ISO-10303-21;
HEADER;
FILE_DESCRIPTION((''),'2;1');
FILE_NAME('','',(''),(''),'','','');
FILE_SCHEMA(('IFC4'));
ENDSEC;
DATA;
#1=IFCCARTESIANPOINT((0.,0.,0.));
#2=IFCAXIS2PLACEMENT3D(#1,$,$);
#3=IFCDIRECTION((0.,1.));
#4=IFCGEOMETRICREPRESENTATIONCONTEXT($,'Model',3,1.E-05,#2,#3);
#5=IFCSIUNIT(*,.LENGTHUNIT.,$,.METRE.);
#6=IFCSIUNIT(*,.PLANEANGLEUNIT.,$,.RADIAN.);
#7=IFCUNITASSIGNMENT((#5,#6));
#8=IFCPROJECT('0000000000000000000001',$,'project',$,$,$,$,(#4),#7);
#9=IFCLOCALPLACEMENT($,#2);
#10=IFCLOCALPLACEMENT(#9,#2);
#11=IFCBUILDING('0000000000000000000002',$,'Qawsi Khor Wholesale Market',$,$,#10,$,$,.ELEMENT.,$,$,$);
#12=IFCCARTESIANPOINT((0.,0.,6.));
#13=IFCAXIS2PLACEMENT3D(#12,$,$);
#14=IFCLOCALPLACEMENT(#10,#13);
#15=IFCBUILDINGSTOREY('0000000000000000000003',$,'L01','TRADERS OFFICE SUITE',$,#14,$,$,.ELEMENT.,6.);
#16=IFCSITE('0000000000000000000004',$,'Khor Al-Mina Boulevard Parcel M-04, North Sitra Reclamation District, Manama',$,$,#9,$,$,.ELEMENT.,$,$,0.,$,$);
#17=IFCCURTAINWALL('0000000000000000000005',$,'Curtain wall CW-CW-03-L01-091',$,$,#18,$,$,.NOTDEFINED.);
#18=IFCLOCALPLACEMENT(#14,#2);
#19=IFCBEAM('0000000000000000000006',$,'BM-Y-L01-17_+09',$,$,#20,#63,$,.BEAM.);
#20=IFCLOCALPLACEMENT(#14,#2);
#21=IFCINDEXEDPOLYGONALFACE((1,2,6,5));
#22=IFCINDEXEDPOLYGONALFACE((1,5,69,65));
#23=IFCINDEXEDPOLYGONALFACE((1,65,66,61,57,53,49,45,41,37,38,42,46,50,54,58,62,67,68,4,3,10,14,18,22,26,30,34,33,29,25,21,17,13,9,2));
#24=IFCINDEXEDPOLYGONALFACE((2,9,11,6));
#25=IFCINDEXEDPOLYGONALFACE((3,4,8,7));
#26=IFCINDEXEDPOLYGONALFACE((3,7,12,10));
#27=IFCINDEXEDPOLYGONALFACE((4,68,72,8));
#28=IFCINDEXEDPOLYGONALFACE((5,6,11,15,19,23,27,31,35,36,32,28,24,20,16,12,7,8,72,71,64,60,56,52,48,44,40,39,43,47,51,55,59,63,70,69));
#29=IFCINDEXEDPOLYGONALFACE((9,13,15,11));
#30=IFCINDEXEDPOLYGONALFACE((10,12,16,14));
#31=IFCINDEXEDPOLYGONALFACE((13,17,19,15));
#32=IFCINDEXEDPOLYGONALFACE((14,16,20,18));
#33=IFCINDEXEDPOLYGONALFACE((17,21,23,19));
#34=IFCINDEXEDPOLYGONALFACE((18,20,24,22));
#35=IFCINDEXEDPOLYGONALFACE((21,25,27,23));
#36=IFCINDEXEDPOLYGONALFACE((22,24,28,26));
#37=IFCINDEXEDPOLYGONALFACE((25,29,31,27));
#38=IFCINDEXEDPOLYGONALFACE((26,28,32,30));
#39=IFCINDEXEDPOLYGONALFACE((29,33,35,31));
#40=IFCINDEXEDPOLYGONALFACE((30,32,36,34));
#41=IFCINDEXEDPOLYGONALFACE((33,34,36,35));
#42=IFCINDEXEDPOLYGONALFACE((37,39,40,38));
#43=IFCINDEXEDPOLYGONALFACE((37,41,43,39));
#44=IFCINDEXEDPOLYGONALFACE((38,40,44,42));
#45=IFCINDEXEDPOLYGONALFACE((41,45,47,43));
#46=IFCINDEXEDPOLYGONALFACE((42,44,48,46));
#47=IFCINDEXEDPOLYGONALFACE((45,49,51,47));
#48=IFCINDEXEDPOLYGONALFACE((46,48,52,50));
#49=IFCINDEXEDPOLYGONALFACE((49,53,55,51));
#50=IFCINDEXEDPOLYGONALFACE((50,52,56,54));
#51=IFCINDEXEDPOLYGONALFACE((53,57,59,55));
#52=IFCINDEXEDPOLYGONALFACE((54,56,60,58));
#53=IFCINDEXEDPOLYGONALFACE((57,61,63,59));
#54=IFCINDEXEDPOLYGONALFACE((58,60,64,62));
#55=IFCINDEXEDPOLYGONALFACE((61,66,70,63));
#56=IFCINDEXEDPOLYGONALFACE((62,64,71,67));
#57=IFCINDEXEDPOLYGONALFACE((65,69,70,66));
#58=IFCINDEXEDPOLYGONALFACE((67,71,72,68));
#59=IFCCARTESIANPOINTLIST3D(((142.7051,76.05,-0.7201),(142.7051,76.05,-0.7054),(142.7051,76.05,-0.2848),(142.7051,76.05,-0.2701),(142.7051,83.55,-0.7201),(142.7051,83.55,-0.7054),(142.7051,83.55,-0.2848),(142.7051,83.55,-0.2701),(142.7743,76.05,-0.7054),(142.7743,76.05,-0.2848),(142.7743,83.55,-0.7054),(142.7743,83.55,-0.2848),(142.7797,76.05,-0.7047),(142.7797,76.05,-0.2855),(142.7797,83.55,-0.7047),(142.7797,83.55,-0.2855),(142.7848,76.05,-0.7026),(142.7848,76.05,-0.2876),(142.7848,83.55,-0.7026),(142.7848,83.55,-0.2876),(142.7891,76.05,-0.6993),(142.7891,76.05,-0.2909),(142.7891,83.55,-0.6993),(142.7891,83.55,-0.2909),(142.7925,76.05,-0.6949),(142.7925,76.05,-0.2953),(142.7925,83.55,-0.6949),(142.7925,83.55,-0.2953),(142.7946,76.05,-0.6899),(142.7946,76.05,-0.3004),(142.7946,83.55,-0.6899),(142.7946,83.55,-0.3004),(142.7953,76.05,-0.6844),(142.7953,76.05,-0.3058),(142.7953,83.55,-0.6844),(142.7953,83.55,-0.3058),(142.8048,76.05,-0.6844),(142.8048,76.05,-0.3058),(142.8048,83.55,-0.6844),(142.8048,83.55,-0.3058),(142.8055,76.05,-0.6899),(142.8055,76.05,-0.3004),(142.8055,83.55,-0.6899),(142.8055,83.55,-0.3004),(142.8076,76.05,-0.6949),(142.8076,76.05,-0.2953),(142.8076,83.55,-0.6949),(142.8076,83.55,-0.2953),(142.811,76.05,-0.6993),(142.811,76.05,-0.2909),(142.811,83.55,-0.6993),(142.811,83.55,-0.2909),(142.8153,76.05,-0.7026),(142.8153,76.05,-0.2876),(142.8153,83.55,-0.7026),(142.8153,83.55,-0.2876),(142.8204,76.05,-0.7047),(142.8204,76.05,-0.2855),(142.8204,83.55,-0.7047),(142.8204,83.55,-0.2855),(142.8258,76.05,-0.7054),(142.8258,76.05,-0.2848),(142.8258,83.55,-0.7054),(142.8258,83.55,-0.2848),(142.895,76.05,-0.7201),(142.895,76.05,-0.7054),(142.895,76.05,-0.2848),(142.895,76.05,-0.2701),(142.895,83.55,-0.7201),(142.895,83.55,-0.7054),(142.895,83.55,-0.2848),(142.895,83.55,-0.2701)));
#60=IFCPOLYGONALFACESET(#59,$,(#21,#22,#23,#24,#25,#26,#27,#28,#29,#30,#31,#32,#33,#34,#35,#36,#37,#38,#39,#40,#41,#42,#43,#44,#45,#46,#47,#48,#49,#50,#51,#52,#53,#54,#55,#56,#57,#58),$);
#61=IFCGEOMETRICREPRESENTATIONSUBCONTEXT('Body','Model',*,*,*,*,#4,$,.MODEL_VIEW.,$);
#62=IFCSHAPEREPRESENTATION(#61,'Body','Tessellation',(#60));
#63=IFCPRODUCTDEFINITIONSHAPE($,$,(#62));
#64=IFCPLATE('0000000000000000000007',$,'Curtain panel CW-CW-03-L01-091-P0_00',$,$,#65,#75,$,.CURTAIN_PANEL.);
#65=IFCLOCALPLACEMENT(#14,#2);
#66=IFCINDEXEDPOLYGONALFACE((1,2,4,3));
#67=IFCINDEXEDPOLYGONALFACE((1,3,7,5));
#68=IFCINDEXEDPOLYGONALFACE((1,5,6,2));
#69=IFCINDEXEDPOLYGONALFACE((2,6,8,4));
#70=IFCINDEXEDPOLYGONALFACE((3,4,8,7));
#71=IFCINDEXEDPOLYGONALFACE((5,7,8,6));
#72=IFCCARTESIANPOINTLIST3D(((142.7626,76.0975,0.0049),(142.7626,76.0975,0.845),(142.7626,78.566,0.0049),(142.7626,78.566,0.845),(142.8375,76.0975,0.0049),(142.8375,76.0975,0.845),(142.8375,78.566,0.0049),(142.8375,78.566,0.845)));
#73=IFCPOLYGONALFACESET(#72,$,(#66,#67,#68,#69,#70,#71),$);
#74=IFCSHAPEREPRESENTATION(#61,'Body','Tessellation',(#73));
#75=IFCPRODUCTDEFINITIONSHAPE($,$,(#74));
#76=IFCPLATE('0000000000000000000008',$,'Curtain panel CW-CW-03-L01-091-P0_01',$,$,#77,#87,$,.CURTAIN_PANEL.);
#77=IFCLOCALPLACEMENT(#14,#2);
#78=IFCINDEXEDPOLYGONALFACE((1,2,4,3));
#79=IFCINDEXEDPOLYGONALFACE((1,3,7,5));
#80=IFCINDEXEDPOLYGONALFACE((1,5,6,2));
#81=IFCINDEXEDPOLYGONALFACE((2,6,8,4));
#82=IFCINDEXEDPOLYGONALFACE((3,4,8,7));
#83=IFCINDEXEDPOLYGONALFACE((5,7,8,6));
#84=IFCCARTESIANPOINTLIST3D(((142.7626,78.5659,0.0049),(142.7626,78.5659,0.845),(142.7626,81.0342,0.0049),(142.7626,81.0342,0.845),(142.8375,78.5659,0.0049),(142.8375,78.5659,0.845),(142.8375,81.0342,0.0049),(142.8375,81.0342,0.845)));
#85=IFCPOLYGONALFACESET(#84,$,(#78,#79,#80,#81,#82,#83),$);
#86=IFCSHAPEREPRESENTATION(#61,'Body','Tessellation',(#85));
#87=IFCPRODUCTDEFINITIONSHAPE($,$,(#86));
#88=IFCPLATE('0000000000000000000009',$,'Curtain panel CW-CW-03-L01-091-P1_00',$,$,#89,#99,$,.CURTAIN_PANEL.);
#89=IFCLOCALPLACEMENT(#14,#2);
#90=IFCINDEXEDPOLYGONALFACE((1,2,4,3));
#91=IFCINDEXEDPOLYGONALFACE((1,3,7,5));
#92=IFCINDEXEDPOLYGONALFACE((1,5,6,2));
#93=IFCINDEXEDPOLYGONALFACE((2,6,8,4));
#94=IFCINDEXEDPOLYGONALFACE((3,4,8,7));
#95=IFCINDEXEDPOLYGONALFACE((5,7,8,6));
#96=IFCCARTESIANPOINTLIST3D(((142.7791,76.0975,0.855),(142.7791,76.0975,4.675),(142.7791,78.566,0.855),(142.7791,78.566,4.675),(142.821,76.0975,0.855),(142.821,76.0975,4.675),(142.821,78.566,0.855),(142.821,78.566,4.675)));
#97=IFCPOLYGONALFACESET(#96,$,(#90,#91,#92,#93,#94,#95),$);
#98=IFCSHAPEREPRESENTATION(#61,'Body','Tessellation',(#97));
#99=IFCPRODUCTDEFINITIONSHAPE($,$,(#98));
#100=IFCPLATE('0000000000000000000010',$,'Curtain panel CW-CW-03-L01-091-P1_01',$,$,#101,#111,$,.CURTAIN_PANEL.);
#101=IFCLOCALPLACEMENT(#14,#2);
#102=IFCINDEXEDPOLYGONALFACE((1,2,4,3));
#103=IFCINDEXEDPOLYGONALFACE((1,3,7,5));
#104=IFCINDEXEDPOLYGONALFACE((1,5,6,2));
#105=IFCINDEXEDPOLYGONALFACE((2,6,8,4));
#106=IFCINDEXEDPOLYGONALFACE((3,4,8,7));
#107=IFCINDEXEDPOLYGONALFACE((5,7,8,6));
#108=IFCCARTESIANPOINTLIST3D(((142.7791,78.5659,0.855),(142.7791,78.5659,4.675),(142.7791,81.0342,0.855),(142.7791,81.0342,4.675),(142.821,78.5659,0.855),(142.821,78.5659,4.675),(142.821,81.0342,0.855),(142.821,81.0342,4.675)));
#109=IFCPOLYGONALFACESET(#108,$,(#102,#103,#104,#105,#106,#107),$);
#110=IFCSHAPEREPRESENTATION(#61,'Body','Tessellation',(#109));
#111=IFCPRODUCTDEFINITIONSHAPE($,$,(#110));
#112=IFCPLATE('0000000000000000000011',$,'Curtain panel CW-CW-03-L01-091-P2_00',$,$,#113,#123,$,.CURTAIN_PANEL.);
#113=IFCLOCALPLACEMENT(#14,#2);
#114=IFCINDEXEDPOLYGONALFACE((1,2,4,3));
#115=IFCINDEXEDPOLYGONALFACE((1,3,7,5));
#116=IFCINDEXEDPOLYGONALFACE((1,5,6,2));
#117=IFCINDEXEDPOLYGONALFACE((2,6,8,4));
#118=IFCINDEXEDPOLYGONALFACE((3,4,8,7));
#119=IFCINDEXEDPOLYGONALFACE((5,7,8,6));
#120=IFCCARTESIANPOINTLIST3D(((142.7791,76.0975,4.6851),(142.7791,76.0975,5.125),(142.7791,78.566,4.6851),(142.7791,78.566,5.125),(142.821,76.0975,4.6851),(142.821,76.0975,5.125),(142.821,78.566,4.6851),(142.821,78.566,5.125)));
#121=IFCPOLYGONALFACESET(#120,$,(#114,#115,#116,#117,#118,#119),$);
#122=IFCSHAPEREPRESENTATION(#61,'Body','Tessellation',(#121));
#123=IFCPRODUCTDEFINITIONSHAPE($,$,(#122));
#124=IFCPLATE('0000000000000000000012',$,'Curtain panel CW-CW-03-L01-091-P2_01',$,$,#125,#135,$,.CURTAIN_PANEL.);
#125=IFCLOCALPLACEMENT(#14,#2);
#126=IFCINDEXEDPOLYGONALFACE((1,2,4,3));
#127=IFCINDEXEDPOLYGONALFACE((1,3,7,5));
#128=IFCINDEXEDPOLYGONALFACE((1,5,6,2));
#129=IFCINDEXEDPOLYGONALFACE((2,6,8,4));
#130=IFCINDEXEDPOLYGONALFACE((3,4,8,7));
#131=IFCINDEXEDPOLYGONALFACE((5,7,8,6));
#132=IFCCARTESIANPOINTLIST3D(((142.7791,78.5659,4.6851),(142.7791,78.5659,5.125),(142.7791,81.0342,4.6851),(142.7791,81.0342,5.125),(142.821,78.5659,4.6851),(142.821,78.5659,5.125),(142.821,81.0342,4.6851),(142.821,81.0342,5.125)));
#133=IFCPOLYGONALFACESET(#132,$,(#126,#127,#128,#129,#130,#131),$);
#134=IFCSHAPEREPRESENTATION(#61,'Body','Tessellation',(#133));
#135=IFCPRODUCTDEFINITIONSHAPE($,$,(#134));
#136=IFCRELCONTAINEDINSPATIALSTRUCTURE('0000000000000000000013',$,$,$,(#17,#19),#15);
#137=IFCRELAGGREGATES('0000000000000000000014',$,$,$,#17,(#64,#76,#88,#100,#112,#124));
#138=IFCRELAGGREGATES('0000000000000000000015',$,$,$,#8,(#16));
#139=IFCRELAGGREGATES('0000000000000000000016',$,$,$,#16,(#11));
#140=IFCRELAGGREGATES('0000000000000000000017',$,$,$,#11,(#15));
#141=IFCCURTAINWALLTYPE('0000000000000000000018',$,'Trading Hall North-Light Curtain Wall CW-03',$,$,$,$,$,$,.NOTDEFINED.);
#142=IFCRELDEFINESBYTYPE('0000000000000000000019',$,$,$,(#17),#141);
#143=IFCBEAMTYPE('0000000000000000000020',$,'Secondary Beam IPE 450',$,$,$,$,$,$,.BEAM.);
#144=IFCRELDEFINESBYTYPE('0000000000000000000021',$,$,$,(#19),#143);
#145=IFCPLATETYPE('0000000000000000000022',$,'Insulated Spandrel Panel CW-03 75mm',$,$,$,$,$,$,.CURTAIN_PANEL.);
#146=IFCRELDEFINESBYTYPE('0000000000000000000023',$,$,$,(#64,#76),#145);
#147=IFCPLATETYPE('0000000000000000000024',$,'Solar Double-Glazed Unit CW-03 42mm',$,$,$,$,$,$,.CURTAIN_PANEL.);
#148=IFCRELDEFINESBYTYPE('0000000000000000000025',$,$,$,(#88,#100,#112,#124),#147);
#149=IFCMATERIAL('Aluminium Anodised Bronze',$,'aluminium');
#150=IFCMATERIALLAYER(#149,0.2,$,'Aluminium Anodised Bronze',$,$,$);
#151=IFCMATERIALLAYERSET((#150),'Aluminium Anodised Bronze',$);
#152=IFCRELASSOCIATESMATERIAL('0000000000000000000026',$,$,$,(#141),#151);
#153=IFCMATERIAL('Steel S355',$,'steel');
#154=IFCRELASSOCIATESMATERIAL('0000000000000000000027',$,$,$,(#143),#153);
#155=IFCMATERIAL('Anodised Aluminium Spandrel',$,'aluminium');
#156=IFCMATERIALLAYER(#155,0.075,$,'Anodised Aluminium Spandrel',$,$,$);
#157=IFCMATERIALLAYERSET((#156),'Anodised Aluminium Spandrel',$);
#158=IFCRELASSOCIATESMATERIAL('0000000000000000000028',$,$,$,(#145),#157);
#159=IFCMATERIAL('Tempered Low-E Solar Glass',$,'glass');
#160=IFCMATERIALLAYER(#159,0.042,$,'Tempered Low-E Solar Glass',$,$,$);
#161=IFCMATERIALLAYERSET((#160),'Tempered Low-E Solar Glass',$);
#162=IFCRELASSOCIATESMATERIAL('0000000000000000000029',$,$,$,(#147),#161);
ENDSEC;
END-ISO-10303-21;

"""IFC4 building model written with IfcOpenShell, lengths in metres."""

from ifc_helpers import new_model, si_unit, direction, frame, frame_2d, origin, origin_2d, place, context, subcontext, project, spatial, rectangle, i_section, extrude, material, layer, layer_set, material_profile, profile_set, type_object, element, aggregate, save


model = new_model("IFC4")

# Units and contexts
model_context = context("Model", 3, precision=1e-05, world=origin(), true_north=direction((0.0, 1.0)))
body_context = subcontext(model_context, "Body", "Model", "MODEL_VIEW")
ifc_project = project(units=[si_unit("LENGTHUNIT", "METRE"), si_unit("PLANEANGLEUNIT", "RADIAN")], contexts=[model_context])

# Site, building, storey
site_placement = place(None, origin())
site = spatial("IfcSite", under=ifc_project, at=site_placement, Name="Khor Al-Mina Boulevard Parcel M-04, North Sitra Reclamation District, Manama", CompositionType="ELEMENT", RefElevation=0.0)
building_placement = place(site_placement, origin())
building = spatial("IfcBuilding", under=site, at=building_placement, Name="Qawsi Khor Wholesale Market", CompositionType="ELEMENT")
storey_placement = place(building_placement, frame((0.0, 0.0, 6.0)))
storey = spatial("IfcBuildingStorey", under=building, at=storey_placement, Name="L01", Description="TRADERS OFFICE SUITE", CompositionType="ELEMENT", Elevation=6.0)

# Curtain wall
ifc_material_1 = material(Name="Aluminium Anodised Bronze", Category="aluminium")
ifc_layer_1 = layer(ifc_material_1, 0.2, Name="Aluminium Anodised Bronze")
ifc_layer_set_1 = layer_set([ifc_layer_1], Name="Aluminium Anodised Bronze")
curtain_wall_type = type_object("IfcCurtainWallType", Name="Trading Hall North-Light Curtain Wall CW-03", PredefinedType="NOTDEFINED", material=ifc_layer_set_1)
curtain_wall_placement = place(storey_placement, origin())
curtain_wall = element("IfcCurtainWall", 1, at=curtain_wall_placement, inside=storey, type_object=curtain_wall_type, Name="Curtain wall CW-CW-03-L01-091", PredefinedType="NOTDEFINED")

# Beam
ifc_material_2 = material(Name="Steel S355", Category="steel")
ifc_material_profile_1 = material_profile(ifc_material_2, i_section(OverallWidth=0.1899, OverallDepth=0.45, WebThickness=0.0095, FlangeThickness=0.0146, FilletRadius=0.021, at=origin_2d()), Name="IPE 450")
ifc_profile_set_1 = profile_set([ifc_material_profile_1], Name="Steel S355")
beam_type = type_object("IfcBeamType", Name="Secondary Beam IPE 450", PredefinedType="BEAM", material=ifc_profile_set_1)
beam_placement = place(storey_placement, frame((142.8, 76.05, -0.4951), z_axis=(0.0, 1.0, 0.0), x_axis=(-1.0, 0.0, 0.0)))
element("IfcBeam", 2, at=beam_placement, inside=storey, type_object=beam_type, Name="BM-Y-L01-17_+09", PredefinedType="BEAM", context=body_context, shape_type="SweptSolid", body=[
    extrude(i_section(OverallWidth=0.1899, OverallDepth=0.45, WebThickness=0.0095, FlangeThickness=0.0146, FilletRadius=0.021, at=origin_2d()), origin(), (0.0, 0.0, 1.0), 7.5),
])

# Plates
ifc_material_3 = material(Name="Anodised Aluminium Spandrel", Category="aluminium")
ifc_layer_2 = layer(ifc_material_3, 0.075, Name="Anodised Aluminium Spandrel")
ifc_layer_set_2 = layer_set([ifc_layer_2], Name="Anodised Aluminium Spandrel")
plate_type_1 = type_object("IfcPlateType", Name="Insulated Spandrel Panel CW-03 75mm", PredefinedType="CURTAIN_PANEL", material=ifc_layer_set_2)
plate_1_placement = place(storey_placement, frame((142.8, 76.0974, 0.0049), z_axis=(0.0, 0.0, 1.0), x_axis=(0.0, 1.0, 0.0)))
plate_1 = element("IfcPlate", 3, at=plate_1_placement, type_object=plate_type_1, Name="Curtain panel CW-CW-03-L01-091-P0_00", PredefinedType="CURTAIN_PANEL", context=body_context, shape_type="SweptSolid", body=[
    extrude(rectangle(XDim=2.4685, YDim=0.075, at=frame_2d((1.2344, 0.0))), origin(), (0.0, 0.0, 1.0), 0.8401),
])
plate_2_placement = place(storey_placement, frame((142.8, 78.5659, 0.0049), z_axis=(0.0, 0.0, 1.0), x_axis=(0.0, 1.0, 0.0)))
plate_2 = element("IfcPlate", 4, at=plate_2_placement, type_object=plate_type_1, Name="Curtain panel CW-CW-03-L01-091-P0_01", PredefinedType="CURTAIN_PANEL", context=body_context, shape_type="SweptSolid", body=[
    extrude(rectangle(XDim=2.4683, YDim=0.075, at=frame_2d((1.2341, 0.0))), origin(), (0.0, 0.0, 1.0), 0.8401),
])
ifc_material_4 = material(Name="Tempered Low-E Solar Glass", Category="glass")
ifc_layer_3 = layer(ifc_material_4, 0.042, Name="Tempered Low-E Solar Glass")
ifc_layer_set_3 = layer_set([ifc_layer_3], Name="Tempered Low-E Solar Glass")
plate_type_2 = type_object("IfcPlateType", Name="Solar Double-Glazed Unit CW-03 42mm", PredefinedType="CURTAIN_PANEL", material=ifc_layer_set_3)
plate_3_placement = place(storey_placement, frame((142.8, 76.0974, 0.855), z_axis=(0.0, 0.0, 1.0), x_axis=(0.0, 1.0, 0.0)))
plate_3 = element("IfcPlate", 5, at=plate_3_placement, type_object=plate_type_2, Name="Curtain panel CW-CW-03-L01-091-P1_00", PredefinedType="CURTAIN_PANEL", context=body_context, shape_type="SweptSolid", body=[
    extrude(rectangle(XDim=2.4685, YDim=0.042, at=frame_2d((1.2344, 0.0))), origin(), (0.0, 0.0, 1.0), 3.8201),
])
plate_4_placement = place(storey_placement, frame((142.8, 78.5659, 0.855), z_axis=(0.0, 0.0, 1.0), x_axis=(0.0, 1.0, 0.0)))
plate_4 = element("IfcPlate", 6, at=plate_4_placement, type_object=plate_type_2, Name="Curtain panel CW-CW-03-L01-091-P1_01", PredefinedType="CURTAIN_PANEL", context=body_context, shape_type="SweptSolid", body=[
    extrude(rectangle(XDim=2.4683, YDim=0.042, at=frame_2d((1.2341, 0.0))), origin(), (0.0, 0.0, 1.0), 3.8201),
])
plate_5_placement = place(storey_placement, frame((142.8, 76.0974, 4.6851), z_axis=(0.0, 0.0, 1.0), x_axis=(0.0, 1.0, 0.0)))
plate_5 = element("IfcPlate", 7, at=plate_5_placement, type_object=plate_type_2, Name="Curtain panel CW-CW-03-L01-091-P2_00", PredefinedType="CURTAIN_PANEL", context=body_context, shape_type="SweptSolid", body=[
    extrude(rectangle(XDim=2.4685, YDim=0.042, at=frame_2d((1.2344, 0.0))), origin(), (0.0, 0.0, 1.0), 0.4399),
])
plate_6_placement = place(storey_placement, frame((142.8, 78.5659, 4.6851), z_axis=(0.0, 0.0, 1.0), x_axis=(0.0, 1.0, 0.0)))
plate_6 = element("IfcPlate", 8, at=plate_6_placement, type_object=plate_type_2, Name="Curtain panel CW-CW-03-L01-091-P2_01", PredefinedType="CURTAIN_PANEL", context=body_context, shape_type="SweptSolid", body=[
    extrude(rectangle(XDim=2.4683, YDim=0.042, at=frame_2d((1.2341, 0.0))), origin(), (0.0, 0.0, 1.0), 0.4399),
])
aggregate(curtain_wall, [plate_1, plate_2, plate_3, plate_4, plate_5, plate_6])

save(model, "model.ifc")
